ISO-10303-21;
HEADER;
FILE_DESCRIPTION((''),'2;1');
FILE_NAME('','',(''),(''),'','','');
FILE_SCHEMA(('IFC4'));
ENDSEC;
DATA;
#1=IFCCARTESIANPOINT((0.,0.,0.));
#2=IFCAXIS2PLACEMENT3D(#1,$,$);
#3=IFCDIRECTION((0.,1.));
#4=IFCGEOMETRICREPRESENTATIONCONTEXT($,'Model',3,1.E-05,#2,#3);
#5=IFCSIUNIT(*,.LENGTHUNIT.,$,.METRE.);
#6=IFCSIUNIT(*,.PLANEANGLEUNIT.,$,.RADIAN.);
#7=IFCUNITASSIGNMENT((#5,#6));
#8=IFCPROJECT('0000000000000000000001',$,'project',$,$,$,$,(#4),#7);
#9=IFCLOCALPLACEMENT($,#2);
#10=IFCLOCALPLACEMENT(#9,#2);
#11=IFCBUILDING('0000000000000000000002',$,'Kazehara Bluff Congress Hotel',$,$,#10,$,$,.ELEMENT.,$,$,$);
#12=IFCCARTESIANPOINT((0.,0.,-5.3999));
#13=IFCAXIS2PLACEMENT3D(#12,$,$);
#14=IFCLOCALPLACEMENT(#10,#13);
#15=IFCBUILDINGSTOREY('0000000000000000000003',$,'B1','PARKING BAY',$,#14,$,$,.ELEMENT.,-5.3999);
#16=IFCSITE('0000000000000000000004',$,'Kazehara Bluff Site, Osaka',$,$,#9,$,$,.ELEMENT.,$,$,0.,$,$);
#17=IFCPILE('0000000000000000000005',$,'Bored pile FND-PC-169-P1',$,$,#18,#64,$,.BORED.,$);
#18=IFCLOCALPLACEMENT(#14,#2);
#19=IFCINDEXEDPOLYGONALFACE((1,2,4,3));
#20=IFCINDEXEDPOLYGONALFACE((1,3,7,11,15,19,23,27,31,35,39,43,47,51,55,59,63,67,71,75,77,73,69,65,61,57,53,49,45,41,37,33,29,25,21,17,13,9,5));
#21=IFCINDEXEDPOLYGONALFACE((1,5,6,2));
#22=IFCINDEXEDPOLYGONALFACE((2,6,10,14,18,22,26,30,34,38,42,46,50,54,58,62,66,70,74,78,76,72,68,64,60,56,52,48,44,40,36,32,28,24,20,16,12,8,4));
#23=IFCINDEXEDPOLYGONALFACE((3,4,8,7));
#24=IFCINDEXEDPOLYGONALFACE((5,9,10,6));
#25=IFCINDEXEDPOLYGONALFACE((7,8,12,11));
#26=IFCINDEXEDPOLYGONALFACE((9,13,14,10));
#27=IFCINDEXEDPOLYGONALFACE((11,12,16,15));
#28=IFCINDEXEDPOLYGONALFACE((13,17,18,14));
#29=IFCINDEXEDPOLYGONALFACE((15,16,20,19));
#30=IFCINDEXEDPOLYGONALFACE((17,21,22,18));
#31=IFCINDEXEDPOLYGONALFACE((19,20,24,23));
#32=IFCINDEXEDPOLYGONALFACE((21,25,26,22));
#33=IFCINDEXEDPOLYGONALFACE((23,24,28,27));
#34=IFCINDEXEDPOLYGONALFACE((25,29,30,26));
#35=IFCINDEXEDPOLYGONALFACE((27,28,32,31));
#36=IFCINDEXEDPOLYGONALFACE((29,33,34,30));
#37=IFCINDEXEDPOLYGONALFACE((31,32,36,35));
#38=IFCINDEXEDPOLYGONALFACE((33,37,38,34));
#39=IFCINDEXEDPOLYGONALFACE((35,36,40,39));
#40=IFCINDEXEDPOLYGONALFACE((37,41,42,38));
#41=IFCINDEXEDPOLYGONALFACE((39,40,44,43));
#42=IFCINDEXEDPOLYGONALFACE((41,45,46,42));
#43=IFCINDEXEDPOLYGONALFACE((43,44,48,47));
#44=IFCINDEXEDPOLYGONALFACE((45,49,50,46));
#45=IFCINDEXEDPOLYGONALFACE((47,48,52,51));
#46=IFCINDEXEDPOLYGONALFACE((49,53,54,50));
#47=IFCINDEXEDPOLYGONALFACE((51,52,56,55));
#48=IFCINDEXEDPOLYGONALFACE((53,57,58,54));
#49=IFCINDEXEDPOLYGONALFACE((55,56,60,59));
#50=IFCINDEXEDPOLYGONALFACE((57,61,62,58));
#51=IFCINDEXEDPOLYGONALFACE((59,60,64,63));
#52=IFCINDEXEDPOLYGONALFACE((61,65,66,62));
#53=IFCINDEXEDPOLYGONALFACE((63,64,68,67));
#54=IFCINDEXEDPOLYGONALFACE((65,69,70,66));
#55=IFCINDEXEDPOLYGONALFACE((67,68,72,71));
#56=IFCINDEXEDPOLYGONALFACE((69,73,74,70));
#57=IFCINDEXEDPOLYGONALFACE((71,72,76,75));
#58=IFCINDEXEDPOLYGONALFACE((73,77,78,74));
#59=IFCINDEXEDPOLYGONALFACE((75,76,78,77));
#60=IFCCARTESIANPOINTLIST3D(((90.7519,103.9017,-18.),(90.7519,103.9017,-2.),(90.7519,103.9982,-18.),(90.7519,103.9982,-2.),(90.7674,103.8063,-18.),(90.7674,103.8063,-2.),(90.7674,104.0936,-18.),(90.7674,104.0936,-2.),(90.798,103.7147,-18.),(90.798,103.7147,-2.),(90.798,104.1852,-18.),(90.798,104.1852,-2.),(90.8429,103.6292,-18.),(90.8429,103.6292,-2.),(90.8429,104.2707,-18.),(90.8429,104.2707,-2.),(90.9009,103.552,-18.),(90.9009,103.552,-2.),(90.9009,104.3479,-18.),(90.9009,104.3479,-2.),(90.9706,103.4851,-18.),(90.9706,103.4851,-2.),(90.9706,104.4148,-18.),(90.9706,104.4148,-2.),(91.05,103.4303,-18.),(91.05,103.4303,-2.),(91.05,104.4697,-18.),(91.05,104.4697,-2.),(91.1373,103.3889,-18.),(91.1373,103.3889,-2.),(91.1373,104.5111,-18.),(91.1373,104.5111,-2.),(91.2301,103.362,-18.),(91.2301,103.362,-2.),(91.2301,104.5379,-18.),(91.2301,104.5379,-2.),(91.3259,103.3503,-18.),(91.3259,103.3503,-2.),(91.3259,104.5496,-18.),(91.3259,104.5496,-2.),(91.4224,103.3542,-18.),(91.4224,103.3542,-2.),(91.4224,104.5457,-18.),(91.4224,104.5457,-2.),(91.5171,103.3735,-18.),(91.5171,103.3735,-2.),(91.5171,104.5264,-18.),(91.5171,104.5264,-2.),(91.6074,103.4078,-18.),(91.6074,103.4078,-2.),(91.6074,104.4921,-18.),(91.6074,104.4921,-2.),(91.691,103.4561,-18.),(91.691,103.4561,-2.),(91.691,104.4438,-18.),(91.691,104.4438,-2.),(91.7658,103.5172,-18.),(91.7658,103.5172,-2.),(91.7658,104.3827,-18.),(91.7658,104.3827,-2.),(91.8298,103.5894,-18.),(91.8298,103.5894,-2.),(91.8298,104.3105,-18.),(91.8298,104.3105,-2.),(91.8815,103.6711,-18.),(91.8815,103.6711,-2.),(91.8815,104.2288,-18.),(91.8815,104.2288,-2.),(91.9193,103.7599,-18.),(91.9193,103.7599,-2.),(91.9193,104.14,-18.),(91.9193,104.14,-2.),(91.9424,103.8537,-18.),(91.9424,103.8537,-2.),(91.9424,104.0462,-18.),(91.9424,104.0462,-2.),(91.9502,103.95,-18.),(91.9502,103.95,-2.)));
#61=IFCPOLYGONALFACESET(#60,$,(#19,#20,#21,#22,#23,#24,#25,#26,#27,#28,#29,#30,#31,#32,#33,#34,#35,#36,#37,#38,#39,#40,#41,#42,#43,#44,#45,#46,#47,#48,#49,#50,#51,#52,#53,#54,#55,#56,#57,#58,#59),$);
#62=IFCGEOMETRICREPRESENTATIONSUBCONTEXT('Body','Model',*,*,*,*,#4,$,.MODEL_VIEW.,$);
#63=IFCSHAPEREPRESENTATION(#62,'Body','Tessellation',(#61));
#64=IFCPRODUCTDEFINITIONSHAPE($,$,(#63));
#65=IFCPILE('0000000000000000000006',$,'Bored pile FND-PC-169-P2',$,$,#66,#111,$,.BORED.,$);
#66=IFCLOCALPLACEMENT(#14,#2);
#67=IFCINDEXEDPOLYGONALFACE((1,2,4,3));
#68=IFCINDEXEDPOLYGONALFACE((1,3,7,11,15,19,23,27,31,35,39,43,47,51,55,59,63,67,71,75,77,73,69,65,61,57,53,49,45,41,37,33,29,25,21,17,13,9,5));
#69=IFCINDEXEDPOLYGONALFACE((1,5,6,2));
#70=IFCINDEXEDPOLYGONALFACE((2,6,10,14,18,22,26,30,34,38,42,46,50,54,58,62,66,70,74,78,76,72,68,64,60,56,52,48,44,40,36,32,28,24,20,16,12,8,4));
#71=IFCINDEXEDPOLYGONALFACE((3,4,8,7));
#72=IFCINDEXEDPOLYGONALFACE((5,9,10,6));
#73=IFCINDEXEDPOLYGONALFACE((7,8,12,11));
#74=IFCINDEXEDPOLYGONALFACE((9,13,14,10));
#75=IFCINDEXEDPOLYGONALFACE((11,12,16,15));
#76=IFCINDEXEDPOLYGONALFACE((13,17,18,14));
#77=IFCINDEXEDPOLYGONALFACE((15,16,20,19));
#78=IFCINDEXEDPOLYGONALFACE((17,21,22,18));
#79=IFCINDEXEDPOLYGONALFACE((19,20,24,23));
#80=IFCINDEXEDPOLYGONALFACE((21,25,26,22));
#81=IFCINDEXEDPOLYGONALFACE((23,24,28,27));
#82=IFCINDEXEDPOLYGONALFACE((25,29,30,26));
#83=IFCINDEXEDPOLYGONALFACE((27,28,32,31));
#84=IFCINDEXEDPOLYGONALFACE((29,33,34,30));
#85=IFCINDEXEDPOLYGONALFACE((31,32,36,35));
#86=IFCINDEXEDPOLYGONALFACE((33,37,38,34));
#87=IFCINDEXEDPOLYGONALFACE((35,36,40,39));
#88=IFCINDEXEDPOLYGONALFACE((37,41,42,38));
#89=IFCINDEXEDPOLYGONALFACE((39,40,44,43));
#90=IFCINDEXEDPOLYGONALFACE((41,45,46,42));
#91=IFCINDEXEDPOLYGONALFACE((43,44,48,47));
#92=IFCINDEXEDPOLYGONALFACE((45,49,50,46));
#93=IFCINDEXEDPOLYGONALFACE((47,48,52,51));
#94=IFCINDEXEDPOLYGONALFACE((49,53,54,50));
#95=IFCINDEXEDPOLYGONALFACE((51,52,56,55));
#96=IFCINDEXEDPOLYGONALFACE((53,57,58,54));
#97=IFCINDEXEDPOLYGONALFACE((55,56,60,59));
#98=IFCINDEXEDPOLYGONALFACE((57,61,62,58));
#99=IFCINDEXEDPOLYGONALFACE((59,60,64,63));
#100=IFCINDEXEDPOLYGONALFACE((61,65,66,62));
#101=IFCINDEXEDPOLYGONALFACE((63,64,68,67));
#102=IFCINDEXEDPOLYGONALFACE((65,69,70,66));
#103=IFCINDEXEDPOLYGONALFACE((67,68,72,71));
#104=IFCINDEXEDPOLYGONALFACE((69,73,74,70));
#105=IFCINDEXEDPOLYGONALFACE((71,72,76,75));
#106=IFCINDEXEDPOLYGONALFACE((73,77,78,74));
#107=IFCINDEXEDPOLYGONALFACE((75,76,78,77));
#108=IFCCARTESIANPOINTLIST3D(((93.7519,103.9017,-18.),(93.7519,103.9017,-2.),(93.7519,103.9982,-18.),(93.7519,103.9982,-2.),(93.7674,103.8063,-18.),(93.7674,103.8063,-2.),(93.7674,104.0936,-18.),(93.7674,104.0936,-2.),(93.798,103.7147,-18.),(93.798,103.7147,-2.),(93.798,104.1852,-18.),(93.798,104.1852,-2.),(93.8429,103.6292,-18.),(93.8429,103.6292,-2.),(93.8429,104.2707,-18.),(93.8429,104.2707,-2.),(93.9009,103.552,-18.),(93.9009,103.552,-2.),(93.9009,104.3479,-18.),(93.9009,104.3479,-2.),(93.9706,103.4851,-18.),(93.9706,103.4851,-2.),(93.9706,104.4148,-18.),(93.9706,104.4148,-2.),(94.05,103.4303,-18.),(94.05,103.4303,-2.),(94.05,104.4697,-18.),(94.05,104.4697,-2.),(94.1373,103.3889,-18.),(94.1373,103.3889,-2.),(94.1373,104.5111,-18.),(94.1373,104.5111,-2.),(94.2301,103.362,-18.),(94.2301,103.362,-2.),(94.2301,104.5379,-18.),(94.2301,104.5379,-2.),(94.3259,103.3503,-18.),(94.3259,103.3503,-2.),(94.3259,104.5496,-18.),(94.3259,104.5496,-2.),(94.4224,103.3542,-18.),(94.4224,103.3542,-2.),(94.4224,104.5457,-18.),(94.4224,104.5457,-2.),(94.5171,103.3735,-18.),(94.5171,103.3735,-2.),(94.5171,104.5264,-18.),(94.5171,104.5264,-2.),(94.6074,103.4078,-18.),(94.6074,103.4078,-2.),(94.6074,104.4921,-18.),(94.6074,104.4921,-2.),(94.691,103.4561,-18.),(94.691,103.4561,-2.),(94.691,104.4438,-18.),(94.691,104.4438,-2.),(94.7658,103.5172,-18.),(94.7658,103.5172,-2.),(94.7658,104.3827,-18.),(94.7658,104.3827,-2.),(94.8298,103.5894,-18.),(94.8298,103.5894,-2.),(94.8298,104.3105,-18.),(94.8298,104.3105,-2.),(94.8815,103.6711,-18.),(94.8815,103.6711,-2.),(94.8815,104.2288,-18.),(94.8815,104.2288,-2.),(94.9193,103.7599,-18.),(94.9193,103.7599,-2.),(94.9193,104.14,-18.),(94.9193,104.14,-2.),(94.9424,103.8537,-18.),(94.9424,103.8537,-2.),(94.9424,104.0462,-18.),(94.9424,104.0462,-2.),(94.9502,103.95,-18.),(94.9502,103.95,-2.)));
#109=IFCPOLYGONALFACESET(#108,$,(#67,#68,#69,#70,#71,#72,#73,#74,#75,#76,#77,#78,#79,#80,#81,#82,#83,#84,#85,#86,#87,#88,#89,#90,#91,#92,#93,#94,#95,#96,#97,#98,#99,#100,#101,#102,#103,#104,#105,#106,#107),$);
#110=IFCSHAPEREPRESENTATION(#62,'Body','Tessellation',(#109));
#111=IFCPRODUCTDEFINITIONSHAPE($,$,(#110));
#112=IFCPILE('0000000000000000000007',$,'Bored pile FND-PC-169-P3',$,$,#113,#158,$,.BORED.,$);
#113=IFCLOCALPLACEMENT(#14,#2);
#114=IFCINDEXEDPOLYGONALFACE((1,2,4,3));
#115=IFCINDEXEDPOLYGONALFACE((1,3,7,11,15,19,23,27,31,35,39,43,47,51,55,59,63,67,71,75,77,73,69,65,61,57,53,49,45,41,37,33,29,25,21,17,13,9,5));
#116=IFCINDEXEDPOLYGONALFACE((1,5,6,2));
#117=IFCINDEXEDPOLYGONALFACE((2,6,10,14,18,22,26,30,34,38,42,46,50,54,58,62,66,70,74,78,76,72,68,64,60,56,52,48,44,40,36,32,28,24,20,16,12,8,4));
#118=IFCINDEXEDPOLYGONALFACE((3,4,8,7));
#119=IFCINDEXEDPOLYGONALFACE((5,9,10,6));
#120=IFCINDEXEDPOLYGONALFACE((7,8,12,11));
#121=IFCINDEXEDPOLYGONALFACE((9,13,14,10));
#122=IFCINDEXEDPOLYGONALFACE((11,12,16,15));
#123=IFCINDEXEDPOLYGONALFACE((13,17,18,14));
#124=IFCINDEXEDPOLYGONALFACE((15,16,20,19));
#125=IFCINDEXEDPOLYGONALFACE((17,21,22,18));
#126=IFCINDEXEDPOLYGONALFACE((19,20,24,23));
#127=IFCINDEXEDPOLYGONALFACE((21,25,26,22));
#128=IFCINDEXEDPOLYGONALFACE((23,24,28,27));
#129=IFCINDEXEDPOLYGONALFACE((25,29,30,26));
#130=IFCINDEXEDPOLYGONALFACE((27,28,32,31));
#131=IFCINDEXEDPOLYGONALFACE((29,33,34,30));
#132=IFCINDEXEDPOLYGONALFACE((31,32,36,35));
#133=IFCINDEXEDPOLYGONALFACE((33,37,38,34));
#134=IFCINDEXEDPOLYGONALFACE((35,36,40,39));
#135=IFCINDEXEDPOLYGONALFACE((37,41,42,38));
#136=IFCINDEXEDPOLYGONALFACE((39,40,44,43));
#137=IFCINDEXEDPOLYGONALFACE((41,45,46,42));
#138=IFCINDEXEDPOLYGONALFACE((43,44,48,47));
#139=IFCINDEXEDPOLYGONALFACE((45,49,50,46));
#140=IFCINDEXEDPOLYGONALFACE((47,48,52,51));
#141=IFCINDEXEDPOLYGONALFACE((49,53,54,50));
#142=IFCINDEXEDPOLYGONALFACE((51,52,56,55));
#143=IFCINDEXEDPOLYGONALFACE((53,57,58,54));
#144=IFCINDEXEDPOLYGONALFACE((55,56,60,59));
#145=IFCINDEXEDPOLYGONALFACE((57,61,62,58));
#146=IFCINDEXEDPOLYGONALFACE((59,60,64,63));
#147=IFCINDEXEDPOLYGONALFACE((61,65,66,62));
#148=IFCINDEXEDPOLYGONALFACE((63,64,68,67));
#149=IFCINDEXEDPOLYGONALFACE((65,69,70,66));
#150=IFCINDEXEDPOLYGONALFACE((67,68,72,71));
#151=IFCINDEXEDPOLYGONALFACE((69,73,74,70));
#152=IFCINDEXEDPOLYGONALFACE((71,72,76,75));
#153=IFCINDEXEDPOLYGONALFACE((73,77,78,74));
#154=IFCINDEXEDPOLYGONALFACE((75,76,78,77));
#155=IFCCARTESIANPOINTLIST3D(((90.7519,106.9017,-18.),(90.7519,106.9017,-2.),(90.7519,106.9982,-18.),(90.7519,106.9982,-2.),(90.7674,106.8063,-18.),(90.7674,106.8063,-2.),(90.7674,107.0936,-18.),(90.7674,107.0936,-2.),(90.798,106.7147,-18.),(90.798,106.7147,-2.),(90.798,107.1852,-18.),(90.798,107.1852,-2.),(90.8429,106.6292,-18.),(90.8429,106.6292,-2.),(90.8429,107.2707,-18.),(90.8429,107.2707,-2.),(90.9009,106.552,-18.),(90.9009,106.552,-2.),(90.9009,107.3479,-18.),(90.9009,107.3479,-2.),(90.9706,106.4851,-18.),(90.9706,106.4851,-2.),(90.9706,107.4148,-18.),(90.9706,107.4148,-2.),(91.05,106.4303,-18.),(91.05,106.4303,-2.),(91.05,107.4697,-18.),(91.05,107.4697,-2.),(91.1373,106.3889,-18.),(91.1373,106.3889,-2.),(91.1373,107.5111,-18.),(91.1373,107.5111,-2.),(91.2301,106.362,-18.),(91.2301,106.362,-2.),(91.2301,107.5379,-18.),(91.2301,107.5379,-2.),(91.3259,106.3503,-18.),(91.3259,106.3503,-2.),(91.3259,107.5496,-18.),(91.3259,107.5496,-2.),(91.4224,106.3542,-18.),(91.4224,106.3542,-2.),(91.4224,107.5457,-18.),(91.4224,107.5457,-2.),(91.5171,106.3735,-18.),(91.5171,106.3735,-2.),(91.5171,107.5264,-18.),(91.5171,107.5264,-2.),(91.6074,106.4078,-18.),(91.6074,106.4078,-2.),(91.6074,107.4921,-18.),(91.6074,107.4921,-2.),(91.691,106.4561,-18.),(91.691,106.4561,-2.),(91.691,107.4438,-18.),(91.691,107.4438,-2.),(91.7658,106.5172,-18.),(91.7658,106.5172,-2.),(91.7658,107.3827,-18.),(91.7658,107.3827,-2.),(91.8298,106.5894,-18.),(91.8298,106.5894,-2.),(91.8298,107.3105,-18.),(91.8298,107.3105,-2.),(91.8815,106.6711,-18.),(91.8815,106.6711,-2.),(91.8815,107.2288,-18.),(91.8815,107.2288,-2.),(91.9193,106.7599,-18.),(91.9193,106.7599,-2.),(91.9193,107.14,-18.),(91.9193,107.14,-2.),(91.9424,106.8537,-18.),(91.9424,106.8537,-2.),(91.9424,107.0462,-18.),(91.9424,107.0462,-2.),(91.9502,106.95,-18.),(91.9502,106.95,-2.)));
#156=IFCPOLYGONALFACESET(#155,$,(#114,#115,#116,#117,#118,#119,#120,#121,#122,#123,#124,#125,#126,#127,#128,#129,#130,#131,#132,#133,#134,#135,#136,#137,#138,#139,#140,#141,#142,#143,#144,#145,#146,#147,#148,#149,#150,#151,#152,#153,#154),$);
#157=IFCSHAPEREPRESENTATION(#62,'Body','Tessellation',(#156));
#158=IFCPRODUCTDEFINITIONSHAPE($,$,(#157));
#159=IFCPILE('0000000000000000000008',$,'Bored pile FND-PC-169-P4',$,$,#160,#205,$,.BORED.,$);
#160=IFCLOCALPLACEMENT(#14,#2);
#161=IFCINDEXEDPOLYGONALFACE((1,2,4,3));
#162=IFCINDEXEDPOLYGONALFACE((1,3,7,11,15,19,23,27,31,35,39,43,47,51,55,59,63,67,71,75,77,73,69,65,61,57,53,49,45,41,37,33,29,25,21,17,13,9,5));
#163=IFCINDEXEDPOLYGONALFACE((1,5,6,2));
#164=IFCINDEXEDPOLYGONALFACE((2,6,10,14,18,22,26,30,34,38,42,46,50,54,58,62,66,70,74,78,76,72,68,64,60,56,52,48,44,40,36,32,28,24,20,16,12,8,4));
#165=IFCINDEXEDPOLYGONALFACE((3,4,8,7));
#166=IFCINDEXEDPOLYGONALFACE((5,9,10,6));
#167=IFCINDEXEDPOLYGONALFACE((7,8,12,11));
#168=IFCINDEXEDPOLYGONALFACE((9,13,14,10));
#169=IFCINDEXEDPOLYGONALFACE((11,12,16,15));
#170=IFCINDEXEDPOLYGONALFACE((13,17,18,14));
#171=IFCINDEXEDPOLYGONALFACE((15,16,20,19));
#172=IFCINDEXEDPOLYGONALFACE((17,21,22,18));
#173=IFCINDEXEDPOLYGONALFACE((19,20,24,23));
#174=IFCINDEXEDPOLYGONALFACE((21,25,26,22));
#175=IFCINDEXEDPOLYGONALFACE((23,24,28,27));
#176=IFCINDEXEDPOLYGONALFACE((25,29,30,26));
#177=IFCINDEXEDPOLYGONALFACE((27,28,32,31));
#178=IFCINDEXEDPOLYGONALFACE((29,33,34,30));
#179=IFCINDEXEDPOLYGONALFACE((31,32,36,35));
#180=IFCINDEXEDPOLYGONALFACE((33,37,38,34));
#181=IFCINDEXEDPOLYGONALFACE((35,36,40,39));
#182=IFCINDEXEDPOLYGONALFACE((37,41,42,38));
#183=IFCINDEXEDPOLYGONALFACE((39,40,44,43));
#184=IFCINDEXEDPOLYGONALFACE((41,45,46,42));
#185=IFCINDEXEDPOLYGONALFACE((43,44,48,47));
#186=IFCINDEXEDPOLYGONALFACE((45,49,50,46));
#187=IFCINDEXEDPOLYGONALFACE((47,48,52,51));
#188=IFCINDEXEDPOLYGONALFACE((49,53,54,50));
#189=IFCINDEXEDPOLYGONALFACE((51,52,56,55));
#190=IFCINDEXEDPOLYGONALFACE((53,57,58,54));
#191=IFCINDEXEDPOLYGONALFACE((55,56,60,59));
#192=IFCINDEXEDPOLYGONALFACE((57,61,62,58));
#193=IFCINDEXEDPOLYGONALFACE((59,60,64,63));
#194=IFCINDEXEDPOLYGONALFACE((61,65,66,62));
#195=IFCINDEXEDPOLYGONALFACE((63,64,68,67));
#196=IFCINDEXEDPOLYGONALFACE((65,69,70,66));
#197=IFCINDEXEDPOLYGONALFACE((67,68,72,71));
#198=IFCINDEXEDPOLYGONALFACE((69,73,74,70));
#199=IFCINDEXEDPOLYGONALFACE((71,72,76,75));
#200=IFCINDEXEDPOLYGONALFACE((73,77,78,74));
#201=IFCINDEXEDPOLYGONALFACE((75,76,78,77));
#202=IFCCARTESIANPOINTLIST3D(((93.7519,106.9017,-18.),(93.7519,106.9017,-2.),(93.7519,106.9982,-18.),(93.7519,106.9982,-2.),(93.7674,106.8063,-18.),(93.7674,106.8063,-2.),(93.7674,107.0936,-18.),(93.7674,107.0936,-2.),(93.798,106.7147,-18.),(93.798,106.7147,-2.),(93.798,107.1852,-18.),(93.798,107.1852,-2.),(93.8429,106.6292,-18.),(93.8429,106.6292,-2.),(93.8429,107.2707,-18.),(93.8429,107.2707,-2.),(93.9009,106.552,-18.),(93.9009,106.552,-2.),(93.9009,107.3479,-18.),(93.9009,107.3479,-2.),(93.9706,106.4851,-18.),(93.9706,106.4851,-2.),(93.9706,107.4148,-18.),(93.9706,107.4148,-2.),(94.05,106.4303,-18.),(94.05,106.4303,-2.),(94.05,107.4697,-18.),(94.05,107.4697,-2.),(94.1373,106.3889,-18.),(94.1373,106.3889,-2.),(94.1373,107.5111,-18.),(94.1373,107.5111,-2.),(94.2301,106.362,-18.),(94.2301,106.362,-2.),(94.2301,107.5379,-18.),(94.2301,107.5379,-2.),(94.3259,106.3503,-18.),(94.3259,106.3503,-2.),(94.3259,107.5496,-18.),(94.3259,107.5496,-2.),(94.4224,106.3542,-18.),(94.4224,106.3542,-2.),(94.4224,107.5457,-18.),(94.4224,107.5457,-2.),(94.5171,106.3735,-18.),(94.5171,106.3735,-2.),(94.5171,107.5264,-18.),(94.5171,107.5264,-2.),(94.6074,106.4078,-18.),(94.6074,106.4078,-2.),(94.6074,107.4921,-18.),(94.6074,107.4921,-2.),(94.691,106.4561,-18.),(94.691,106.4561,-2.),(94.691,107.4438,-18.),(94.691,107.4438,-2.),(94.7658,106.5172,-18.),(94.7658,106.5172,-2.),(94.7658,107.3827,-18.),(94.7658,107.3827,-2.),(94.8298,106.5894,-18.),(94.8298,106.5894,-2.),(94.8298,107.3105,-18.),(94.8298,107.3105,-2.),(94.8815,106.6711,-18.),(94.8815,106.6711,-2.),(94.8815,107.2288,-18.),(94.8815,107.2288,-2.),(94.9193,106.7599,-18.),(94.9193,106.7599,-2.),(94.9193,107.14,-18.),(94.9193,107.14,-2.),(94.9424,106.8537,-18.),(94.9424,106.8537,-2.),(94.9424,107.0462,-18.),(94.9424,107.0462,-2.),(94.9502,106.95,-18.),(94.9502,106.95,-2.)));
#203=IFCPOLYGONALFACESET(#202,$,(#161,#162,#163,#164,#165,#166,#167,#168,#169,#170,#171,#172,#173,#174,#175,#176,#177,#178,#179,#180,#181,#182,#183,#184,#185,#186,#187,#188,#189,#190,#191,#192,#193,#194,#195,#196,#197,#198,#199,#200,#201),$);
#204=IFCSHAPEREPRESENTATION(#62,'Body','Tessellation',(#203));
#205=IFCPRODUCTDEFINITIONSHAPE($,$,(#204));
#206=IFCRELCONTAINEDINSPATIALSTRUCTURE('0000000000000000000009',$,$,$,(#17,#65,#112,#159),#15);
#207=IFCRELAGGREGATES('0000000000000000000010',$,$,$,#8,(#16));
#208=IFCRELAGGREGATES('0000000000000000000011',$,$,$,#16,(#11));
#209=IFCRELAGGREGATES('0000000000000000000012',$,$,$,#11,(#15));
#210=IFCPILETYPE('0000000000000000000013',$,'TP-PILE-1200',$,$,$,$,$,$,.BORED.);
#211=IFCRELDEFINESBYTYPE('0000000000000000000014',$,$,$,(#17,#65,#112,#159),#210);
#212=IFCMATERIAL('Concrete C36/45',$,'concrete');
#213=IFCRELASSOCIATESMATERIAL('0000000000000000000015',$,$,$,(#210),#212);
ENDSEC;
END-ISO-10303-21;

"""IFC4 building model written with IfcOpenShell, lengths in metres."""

from ifc_helpers import new_model, si_unit, direction, frame, origin, origin_2d, place, context, subcontext, project, spatial, circle, extrude, material, material_profile, profile_set, type_object, element, save


model = new_model("IFC4")

# Units and contexts
model_context = context("Model", 3, precision=1e-05, world=origin(), true_north=direction((0.0, 1.0)))
body_context = subcontext(model_context, "Body", "Model", "MODEL_VIEW")
ifc_project = project(units=[si_unit("LENGTHUNIT", "METRE"), si_unit("PLANEANGLEUNIT", "RADIAN")], contexts=[model_context])

# Site, building, storey
site_placement = place(None, origin())
site = spatial("IfcSite", under=ifc_project, at=site_placement, Name="Kazehara Bluff Site, Osaka", CompositionType="ELEMENT", RefElevation=0.0)
building_placement = place(site_placement, origin())
building = spatial("IfcBuilding", under=site, at=building_placement, Name="Kazehara Bluff Congress Hotel", CompositionType="ELEMENT")
storey_placement = place(building_placement, frame((0.0, 0.0, -5.3999)))
storey = spatial("IfcBuildingStorey", under=building, at=storey_placement, Name="B1", Description="PARKING BAY", CompositionType="ELEMENT", Elevation=-5.3999)

# Piles
ifc_material_1 = material(Name="Concrete C36/45", Category="concrete")
ifc_material_profile_1 = material_profile(ifc_material_1, circle(Radius=0.6001, at=origin_2d()))
ifc_profile_set_1 = profile_set([ifc_material_profile_1], Name="Concrete C36/45")
pile_type = type_object("IfcPileType", Name="TP-PILE-1200", PredefinedType="BORED", material=ifc_profile_set_1)
for number, where, z_axis, x_axis, name in (
    (1, (91.3501, 103.95, -2.0), (0.0, 0.0, -1.0), (1.0, 0.0, 0.0), "Bored pile FND-PC-169-P1"),
    (2, (94.3501, 103.95, -2.0), (0.0, 0.0, -1.0), (1.0, 0.0, 0.0), "Bored pile FND-PC-169-P2"),
    (3, (91.3501, 106.95, -2.0), (0.0, 0.0, -1.0), (1.0, 0.0, 0.0), "Bored pile FND-PC-169-P3"),
    (4, (94.3501, 106.95, -2.0), (0.0, 0.0, -1.0), (1.0, 0.0, 0.0), "Bored pile FND-PC-169-P4"),
):
    element("IfcPile", number, at=place(storey_placement, frame(where, z_axis=z_axis, x_axis=x_axis)), inside=storey, type_object=pile_type, Name=name, PredefinedType="BORED", context=body_context, shape_type="SweptSolid", body=[
        extrude(circle(Radius=0.6001, at=origin_2d()), origin(), (0.0, 0.0, 1.0), 16.0),
    ])

save(model, "model.ifc")
